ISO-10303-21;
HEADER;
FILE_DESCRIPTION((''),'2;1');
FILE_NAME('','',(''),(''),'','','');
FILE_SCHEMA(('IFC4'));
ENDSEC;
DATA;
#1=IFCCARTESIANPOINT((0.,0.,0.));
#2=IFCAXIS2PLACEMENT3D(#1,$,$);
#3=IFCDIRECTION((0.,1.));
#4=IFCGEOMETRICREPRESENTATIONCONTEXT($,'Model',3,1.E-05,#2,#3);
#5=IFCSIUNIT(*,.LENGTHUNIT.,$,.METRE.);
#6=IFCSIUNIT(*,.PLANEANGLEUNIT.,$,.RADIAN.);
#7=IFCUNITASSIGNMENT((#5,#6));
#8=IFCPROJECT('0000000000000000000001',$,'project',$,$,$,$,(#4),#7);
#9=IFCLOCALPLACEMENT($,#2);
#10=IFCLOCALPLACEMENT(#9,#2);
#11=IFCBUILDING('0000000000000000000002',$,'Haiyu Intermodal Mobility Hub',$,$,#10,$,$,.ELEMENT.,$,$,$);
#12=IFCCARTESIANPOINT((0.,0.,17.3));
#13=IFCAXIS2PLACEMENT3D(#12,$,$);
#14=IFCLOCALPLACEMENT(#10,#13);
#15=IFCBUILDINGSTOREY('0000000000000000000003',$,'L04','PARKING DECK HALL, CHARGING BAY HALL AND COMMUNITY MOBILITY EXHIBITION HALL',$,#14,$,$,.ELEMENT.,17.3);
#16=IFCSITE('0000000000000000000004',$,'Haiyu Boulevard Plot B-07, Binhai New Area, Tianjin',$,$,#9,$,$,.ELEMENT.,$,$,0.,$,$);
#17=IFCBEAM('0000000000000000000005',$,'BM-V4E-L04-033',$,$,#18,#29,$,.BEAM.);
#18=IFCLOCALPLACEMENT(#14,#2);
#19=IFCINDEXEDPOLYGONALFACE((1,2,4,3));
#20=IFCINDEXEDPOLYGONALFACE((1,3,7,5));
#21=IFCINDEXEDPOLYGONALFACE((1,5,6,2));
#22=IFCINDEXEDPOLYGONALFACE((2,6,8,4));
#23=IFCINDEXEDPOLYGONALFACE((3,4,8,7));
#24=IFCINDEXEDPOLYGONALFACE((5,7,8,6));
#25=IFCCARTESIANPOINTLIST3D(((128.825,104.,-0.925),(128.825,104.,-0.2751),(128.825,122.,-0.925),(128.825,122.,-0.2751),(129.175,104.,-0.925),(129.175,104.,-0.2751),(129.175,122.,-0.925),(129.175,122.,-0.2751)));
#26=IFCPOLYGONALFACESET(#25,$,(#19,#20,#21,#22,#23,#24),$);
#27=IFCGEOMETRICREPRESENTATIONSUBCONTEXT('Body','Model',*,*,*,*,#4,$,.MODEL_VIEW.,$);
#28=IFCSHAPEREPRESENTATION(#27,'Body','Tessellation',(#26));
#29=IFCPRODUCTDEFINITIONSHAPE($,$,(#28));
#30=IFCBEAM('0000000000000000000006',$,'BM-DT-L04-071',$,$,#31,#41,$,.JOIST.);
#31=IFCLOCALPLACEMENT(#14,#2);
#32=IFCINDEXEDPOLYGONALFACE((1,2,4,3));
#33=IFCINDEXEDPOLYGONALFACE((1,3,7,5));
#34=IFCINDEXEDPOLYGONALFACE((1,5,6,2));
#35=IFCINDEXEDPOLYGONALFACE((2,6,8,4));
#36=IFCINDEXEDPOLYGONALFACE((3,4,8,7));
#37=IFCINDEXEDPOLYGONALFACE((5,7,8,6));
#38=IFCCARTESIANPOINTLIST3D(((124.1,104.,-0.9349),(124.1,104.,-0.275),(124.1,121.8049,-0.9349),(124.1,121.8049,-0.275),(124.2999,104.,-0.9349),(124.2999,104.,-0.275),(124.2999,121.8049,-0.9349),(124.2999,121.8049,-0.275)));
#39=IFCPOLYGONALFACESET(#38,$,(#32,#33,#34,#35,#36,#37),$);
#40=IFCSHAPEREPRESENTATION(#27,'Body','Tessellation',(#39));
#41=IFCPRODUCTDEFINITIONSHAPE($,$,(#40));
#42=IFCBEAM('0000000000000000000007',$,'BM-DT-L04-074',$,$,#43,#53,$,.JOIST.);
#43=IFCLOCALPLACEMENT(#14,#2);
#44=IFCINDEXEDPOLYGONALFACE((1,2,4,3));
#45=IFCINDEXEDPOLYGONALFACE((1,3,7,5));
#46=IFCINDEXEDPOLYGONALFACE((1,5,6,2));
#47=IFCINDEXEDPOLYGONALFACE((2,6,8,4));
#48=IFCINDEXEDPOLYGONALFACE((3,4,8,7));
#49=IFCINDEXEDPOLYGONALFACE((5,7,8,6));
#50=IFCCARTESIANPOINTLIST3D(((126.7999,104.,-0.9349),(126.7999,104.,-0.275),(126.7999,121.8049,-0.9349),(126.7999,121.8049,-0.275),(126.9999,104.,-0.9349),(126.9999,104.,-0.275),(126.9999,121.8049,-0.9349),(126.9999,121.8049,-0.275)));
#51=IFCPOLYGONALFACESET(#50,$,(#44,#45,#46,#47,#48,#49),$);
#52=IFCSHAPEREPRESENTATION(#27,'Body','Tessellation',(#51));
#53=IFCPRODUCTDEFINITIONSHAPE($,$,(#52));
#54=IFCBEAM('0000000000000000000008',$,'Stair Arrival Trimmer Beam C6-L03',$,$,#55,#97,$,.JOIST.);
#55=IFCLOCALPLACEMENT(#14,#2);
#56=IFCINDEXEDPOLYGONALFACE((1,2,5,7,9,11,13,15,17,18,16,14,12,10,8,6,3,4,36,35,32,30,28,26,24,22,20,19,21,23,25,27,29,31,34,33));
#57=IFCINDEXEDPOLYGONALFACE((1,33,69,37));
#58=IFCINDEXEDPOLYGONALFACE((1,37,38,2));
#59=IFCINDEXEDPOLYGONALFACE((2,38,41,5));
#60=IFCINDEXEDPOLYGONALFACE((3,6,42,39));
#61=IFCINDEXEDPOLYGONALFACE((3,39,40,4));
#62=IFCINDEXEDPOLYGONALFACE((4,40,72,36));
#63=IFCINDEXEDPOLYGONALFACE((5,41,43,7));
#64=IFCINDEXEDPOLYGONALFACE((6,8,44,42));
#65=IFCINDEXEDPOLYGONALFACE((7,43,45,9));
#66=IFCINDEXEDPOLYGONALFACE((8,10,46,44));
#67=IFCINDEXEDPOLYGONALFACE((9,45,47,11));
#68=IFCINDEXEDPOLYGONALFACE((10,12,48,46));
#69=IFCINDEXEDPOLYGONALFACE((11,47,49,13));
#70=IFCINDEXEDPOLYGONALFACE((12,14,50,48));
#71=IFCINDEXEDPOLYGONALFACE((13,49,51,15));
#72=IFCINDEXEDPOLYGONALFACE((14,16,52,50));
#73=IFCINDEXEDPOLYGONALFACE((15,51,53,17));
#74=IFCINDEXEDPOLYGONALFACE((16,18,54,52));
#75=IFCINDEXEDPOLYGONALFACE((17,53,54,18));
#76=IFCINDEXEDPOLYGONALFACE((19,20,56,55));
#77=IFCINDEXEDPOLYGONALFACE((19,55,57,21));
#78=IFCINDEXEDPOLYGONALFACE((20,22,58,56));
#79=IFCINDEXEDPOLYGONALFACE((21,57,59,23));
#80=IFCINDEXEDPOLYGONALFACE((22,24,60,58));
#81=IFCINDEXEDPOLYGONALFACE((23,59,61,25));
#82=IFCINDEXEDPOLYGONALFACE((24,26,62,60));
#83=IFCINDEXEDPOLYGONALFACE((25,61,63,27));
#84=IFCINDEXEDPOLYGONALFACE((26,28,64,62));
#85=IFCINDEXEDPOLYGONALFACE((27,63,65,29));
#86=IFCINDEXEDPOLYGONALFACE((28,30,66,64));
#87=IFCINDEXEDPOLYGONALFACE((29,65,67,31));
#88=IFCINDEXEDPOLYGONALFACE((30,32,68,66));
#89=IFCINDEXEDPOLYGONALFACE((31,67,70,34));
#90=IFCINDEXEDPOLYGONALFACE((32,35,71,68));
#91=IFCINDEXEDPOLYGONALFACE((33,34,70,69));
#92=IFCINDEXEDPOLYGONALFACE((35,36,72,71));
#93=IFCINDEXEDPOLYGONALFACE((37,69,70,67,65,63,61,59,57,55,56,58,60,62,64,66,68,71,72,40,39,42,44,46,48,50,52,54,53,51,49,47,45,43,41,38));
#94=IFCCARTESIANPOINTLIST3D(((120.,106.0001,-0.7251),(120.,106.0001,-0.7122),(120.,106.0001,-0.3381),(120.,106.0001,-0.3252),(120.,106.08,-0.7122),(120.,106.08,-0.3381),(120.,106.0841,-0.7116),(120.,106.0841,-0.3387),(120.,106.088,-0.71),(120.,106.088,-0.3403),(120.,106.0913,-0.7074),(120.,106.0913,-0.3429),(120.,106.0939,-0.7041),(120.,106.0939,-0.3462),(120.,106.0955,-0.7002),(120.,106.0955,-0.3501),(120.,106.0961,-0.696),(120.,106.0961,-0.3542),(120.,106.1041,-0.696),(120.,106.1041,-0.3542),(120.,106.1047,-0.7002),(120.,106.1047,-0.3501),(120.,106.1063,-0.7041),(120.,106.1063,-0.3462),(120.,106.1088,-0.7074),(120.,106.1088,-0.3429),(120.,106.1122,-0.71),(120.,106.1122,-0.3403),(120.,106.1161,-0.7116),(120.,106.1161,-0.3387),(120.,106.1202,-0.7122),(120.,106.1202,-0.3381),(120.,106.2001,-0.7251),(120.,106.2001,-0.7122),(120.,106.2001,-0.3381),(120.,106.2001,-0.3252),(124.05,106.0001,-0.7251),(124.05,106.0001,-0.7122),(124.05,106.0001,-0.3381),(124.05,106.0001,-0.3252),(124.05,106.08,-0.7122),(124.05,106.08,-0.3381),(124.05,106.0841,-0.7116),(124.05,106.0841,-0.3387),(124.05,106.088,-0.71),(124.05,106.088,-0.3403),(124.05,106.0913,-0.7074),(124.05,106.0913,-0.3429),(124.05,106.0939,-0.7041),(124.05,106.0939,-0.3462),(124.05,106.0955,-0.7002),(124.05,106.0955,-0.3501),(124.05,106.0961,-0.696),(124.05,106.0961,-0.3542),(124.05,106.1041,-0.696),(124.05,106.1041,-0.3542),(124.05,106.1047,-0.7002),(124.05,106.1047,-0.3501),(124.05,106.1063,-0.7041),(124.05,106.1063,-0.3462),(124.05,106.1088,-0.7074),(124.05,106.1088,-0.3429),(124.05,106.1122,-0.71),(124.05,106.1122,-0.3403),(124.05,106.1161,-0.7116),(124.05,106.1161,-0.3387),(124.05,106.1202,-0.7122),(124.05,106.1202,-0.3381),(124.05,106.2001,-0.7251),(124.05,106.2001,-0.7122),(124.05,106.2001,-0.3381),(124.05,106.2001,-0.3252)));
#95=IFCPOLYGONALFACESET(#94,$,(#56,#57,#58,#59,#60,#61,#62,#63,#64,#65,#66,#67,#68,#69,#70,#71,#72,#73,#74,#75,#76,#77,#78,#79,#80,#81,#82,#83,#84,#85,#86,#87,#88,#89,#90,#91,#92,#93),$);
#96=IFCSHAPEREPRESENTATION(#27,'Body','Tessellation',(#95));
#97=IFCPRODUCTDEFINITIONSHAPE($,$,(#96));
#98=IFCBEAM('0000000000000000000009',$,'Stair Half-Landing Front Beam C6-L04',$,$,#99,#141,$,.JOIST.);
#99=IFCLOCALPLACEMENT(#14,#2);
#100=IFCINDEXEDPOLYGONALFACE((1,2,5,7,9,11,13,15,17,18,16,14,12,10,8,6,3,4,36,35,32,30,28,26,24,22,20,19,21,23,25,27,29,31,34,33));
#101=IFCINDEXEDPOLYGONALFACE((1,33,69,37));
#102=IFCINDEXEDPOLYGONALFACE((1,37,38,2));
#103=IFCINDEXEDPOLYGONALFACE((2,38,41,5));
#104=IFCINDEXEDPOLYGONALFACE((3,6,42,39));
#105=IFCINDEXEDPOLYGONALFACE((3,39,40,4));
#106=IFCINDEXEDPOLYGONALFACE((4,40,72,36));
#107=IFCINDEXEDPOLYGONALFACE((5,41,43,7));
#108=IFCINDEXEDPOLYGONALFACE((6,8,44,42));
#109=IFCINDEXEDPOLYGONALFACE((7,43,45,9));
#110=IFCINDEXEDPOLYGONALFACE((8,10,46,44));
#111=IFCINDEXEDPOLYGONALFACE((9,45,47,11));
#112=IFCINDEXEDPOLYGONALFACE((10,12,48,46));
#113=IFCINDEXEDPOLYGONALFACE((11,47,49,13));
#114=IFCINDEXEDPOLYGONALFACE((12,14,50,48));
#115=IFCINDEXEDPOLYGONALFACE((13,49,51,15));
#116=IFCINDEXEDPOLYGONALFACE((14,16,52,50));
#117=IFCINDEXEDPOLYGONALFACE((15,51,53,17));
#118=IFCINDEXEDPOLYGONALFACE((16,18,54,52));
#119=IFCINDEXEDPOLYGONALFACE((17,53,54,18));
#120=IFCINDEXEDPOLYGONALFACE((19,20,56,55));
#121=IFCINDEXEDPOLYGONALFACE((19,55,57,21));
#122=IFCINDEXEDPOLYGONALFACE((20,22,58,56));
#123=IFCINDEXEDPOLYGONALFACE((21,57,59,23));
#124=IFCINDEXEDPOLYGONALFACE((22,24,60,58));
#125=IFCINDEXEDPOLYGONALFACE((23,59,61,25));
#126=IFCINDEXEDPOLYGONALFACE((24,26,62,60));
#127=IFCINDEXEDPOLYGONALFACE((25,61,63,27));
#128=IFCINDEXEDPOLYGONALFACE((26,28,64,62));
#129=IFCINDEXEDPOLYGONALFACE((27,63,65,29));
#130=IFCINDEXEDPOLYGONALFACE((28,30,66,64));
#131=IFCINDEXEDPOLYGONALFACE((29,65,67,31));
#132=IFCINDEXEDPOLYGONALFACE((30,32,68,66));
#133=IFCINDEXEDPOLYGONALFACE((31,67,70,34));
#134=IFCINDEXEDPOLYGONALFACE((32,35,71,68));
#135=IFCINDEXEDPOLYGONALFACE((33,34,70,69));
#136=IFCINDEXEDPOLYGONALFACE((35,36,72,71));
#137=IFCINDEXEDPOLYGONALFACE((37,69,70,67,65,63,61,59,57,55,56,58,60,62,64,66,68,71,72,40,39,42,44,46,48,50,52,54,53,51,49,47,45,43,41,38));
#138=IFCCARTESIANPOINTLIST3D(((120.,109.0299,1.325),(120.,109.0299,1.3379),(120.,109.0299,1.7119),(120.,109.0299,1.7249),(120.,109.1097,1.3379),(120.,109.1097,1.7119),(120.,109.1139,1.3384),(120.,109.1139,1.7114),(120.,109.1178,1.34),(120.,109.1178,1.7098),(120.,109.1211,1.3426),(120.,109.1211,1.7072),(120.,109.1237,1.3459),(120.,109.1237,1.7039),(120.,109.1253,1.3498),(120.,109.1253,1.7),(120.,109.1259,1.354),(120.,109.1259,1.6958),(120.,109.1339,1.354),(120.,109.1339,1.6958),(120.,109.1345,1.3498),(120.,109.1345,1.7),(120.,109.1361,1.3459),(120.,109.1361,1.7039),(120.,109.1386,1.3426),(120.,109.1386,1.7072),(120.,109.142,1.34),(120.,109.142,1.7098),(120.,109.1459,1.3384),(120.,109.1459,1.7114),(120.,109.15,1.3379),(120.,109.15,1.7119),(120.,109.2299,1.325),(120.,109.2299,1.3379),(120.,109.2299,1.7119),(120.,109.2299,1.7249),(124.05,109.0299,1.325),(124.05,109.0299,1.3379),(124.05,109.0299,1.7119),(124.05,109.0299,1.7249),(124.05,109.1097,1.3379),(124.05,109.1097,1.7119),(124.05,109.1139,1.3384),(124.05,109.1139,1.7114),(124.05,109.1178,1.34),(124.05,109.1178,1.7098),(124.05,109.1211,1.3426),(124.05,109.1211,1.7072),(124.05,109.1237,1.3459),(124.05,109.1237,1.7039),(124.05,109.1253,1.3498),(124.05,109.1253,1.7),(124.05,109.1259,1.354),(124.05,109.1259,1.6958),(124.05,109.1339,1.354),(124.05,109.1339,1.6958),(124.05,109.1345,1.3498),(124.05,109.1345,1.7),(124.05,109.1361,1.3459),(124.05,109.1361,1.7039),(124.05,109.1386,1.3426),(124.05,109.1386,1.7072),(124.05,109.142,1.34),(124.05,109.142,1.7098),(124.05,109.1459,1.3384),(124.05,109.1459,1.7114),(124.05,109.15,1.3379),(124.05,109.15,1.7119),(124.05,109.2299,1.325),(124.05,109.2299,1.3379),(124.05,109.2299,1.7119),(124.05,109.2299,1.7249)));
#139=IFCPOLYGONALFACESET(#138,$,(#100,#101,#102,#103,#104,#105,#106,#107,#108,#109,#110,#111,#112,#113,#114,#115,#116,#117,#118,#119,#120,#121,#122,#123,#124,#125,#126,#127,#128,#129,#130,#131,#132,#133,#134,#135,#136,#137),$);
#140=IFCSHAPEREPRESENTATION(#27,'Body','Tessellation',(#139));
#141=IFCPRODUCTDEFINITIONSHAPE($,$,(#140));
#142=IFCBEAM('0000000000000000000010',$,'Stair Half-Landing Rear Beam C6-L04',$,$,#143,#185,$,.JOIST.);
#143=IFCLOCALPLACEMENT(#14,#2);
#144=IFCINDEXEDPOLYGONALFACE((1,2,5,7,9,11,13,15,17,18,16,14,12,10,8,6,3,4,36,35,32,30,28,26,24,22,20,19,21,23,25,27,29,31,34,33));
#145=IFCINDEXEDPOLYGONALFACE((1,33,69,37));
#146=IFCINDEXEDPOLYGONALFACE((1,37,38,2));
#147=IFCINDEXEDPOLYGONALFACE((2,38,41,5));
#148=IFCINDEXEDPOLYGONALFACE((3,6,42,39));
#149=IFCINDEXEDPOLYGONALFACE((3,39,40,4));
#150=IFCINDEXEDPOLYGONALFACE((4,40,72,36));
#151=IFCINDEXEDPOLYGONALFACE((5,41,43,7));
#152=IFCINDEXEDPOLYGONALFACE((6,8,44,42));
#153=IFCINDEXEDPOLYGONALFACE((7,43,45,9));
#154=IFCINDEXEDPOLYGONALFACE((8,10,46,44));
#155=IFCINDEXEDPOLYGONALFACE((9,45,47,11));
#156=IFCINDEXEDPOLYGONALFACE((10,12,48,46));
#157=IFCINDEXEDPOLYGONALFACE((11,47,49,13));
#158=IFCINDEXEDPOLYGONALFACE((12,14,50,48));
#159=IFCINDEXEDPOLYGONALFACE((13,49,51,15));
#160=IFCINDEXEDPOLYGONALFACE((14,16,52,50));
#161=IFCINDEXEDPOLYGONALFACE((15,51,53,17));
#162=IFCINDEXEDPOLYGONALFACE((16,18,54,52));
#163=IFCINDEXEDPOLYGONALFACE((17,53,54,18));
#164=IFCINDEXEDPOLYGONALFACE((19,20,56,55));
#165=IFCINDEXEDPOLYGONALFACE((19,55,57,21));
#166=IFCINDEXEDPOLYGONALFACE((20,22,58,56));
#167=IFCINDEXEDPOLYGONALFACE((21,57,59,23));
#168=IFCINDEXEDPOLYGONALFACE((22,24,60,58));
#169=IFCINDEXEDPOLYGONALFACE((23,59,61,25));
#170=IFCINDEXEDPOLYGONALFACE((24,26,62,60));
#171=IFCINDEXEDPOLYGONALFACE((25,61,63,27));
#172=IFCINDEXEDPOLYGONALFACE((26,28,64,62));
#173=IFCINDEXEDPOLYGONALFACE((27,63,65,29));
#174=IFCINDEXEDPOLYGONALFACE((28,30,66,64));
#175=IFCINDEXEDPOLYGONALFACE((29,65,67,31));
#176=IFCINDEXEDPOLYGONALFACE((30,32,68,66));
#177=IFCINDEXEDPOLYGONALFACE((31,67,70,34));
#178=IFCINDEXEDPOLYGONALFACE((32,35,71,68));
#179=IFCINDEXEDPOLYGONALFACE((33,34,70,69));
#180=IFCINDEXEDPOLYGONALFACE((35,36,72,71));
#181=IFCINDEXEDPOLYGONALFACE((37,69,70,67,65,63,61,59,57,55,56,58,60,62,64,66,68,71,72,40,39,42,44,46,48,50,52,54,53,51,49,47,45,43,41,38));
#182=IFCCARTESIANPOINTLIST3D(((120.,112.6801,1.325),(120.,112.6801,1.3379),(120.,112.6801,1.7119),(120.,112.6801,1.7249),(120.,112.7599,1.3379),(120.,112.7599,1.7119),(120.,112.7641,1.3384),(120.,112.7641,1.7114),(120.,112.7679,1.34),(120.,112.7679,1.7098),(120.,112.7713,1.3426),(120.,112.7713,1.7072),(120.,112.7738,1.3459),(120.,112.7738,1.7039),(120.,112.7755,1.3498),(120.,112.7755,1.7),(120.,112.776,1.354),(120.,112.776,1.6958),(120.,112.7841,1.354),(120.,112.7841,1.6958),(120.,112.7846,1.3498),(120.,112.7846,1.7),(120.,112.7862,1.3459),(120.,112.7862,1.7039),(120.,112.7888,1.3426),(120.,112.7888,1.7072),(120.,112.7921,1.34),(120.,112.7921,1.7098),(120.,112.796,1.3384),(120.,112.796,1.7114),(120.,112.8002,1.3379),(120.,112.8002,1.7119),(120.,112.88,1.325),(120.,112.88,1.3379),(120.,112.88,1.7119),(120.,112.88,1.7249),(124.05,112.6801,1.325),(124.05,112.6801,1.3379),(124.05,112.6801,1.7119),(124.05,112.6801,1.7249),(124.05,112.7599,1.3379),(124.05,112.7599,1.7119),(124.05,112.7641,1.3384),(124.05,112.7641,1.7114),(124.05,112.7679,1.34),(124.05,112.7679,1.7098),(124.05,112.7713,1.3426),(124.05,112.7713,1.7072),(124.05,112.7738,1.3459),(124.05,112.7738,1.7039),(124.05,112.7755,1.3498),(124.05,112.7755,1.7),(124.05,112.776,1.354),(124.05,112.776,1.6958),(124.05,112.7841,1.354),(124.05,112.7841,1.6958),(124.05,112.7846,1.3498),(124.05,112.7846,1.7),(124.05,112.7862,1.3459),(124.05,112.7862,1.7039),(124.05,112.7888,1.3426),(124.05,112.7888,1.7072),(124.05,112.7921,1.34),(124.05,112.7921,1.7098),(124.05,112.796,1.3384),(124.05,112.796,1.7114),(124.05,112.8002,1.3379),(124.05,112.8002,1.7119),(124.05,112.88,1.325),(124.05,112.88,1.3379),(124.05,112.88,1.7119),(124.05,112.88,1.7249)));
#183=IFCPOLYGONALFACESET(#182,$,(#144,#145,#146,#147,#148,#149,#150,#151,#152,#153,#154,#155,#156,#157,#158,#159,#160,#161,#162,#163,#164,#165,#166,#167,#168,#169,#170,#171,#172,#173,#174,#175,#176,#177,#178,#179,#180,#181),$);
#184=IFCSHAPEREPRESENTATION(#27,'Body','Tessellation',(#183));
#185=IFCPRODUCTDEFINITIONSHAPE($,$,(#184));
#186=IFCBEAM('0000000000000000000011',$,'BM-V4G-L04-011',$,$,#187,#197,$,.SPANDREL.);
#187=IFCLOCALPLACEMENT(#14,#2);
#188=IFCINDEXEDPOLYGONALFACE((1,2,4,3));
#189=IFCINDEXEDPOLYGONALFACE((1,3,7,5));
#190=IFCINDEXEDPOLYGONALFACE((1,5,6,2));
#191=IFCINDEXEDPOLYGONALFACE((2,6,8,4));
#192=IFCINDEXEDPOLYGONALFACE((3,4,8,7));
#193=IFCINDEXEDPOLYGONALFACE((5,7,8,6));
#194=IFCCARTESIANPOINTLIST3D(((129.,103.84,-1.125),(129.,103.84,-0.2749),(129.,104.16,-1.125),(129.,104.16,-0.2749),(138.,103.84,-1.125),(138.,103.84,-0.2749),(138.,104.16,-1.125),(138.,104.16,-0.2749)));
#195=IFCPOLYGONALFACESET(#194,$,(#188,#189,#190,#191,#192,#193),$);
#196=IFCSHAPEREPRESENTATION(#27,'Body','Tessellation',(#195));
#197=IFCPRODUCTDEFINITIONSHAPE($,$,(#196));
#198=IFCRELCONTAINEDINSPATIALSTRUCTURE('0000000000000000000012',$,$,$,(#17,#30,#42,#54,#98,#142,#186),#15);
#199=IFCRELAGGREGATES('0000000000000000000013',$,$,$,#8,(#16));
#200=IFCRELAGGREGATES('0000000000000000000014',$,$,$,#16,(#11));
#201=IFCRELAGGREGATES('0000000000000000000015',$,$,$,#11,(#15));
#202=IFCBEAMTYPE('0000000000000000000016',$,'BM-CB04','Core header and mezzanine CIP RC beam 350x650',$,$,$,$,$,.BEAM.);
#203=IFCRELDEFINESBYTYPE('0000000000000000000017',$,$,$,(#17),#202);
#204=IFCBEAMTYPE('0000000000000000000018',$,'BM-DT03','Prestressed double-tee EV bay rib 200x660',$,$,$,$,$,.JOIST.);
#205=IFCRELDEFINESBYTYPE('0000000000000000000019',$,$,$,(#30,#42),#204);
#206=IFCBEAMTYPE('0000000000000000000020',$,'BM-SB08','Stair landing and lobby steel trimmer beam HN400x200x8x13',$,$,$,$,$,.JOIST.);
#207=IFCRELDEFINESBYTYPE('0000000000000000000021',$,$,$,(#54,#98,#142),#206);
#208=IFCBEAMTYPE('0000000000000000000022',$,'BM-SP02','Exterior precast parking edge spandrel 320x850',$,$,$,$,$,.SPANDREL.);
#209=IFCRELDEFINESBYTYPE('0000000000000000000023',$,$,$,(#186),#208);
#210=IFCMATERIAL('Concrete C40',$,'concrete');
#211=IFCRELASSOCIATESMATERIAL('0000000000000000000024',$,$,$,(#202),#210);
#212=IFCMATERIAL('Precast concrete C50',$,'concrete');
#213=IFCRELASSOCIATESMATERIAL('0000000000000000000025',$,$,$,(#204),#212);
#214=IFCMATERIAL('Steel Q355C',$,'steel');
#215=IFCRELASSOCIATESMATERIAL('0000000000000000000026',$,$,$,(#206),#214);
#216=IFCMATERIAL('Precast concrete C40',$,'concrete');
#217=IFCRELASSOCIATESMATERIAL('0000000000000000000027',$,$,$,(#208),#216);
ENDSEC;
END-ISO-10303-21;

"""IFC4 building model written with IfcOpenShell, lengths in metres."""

from ifc_helpers import new_model, si_unit, direction, frame, origin, origin_2d, place, context, subcontext, project, spatial, rectangle, i_section, extrude, material, material_profile, profile_set, type_object, element, save


model = new_model("IFC4")

# Units and contexts
model_context = context("Model", 3, precision=1e-05, world=origin(), true_north=direction((0.0, 1.0)))
body_context = subcontext(model_context, "Body", "Model", "MODEL_VIEW")
ifc_project = project(units=[si_unit("LENGTHUNIT", "METRE"), si_unit("PLANEANGLEUNIT", "RADIAN")], contexts=[model_context])

# Site, building, storey
site_placement = place(None, origin())
site = spatial("IfcSite", under=ifc_project, at=site_placement, Name="Haiyu Boulevard Plot B-07, Binhai New Area, Tianjin", CompositionType="ELEMENT", RefElevation=0.0)
building_placement = place(site_placement, origin())
building = spatial("IfcBuilding", under=site, at=building_placement, Name="Haiyu Intermodal Mobility Hub", CompositionType="ELEMENT")
storey_placement = place(building_placement, frame((0.0, 0.0, 17.3)))
storey = spatial("IfcBuildingStorey", under=building, at=storey_placement, Name="L04", Description="PARKING DECK HALL, CHARGING BAY HALL AND COMMUNITY MOBILITY EXHIBITION HALL", CompositionType="ELEMENT", Elevation=17.3)

# Beams
ifc_material_1 = material(Name="Concrete C40", Category="concrete")
ifc_material_profile_1 = material_profile(ifc_material_1, rectangle(XDim=0.3501, YDim=0.6499, at=origin_2d()), Name="RCB350x650")
ifc_profile_set_1 = profile_set([ifc_material_profile_1], Name="Concrete C40")
beam_type_1 = type_object("IfcBeamType", Name="BM-CB04", Description="Core header and mezzanine CIP RC beam 350x650", PredefinedType="BEAM", material=ifc_profile_set_1)
beam_1_placement = place(storey_placement, frame((129.0, 104.0, -0.6001), z_axis=(0.0, 1.0, 0.0), x_axis=(-1.0, 0.0, 0.0)))
element("IfcBeam", 1, at=beam_1_placement, inside=storey, type_object=beam_type_1, Name="BM-V4E-L04-033", PredefinedType="BEAM", context=body_context, shape_type="SweptSolid", body=[
    extrude(rectangle(XDim=0.3501, YDim=0.6499, at=origin_2d()), origin(), (0.0, 0.0, 1.0), 18.0),
])
ifc_material_2 = material(Name="Precast concrete C50", Category="concrete")
ifc_material_profile_2 = material_profile(ifc_material_2, rectangle(XDim=0.2, YDim=0.6599, at=origin_2d()), Name="PC200x660")
ifc_profile_set_2 = profile_set([ifc_material_profile_2], Name="Precast concrete C50")
beam_type_2 = type_object("IfcBeamType", Name="BM-DT03", Description="Prestressed double-tee EV bay rib 200x660", PredefinedType="JOIST", material=ifc_profile_set_2)
for number, where, z_axis, x_axis, name in (
    (2, (124.2, 104.0, -0.605), (0.0, 1.0, 0.0), (-1.0, 0.0, 0.0), "BM-DT-L04-071"),
    (3, (126.8999, 104.0, -0.605), (0.0, 1.0, 0.0), (-1.0, 0.0, 0.0), "BM-DT-L04-074"),
):
    element("IfcBeam", number, at=place(storey_placement, frame(where, z_axis=z_axis, x_axis=x_axis)), inside=storey, type_object=beam_type_2, Name=name, PredefinedType="JOIST", context=body_context, shape_type="SweptSolid", body=[
        extrude(rectangle(XDim=0.2, YDim=0.6599, at=origin_2d()), origin(), (0.0, 0.0, 1.0), 17.8049),
    ])
ifc_material_3 = material(Name="Steel Q355C", Category="steel")
ifc_material_profile_3 = material_profile(ifc_material_3, i_section(OverallWidth=0.2, OverallDepth=0.3999, WebThickness=0.0081, FlangeThickness=0.0129, FilletRadius=0.0161, at=origin_2d()), Name="HN400x200x8x13")
ifc_profile_set_3 = profile_set([ifc_material_profile_3], Name="Steel Q355C")
beam_type_3 = type_object("IfcBeamType", Name="BM-SB08", Description="Stair landing and lobby steel trimmer beam HN400x200x8x13", PredefinedType="JOIST", material=ifc_profile_set_3)
for number, where, z_axis, x_axis, name in (
    (4, (120.0, 106.1001, -0.5251), (1.0, 0.0, 0.0), (0.0, 1.0, 0.0), "Stair Arrival Trimmer Beam C6-L03"),
    (5, (120.0, 109.1299, 1.5249), (1.0, 0.0, 0.0), (0.0, 1.0, 0.0), "Stair Half-Landing Front Beam C6-L04"),
    (6, (120.0, 112.78, 1.5249), (1.0, 0.0, 0.0), (0.0, 1.0, 0.0), "Stair Half-Landing Rear Beam C6-L04"),
):
    element("IfcBeam", number, at=place(storey_placement, frame(where, z_axis=z_axis, x_axis=x_axis)), inside=storey, type_object=beam_type_3, Name=name, PredefinedType="JOIST", context=body_context, shape_type="SweptSolid", body=[
        extrude(i_section(OverallWidth=0.2, OverallDepth=0.3999, WebThickness=0.0081, FlangeThickness=0.0129, FilletRadius=0.0161, at=origin_2d()), origin(), (0.0, 0.0, 1.0), 4.05),
    ])
ifc_material_4 = material(Name="Precast concrete C40", Category="concrete")
ifc_material_profile_4 = material_profile(ifc_material_4, rectangle(XDim=0.3201, YDim=0.8501, at=origin_2d()), Name="PC320x850")
ifc_profile_set_4 = profile_set([ifc_material_profile_4], Name="Precast concrete C40")
beam_type_4 = type_object("IfcBeamType", Name="BM-SP02", Description="Exterior precast parking edge spandrel 320x850", PredefinedType="SPANDREL", material=ifc_profile_set_4)
beam_2_placement = place(storey_placement, frame((129.0, 104.0, -0.7), z_axis=(1.0, 0.0, 0.0), x_axis=(0.0, 1.0, 0.0)))
element("IfcBeam", 7, at=beam_2_placement, inside=storey, type_object=beam_type_4, Name="BM-V4G-L04-011", PredefinedType="SPANDREL", context=body_context, shape_type="SweptSolid", body=[
    extrude(rectangle(XDim=0.3201, YDim=0.8501, at=origin_2d()), origin(), (0.0, 0.0, 1.0), 9.0),
])

save(model, "model.ifc")
